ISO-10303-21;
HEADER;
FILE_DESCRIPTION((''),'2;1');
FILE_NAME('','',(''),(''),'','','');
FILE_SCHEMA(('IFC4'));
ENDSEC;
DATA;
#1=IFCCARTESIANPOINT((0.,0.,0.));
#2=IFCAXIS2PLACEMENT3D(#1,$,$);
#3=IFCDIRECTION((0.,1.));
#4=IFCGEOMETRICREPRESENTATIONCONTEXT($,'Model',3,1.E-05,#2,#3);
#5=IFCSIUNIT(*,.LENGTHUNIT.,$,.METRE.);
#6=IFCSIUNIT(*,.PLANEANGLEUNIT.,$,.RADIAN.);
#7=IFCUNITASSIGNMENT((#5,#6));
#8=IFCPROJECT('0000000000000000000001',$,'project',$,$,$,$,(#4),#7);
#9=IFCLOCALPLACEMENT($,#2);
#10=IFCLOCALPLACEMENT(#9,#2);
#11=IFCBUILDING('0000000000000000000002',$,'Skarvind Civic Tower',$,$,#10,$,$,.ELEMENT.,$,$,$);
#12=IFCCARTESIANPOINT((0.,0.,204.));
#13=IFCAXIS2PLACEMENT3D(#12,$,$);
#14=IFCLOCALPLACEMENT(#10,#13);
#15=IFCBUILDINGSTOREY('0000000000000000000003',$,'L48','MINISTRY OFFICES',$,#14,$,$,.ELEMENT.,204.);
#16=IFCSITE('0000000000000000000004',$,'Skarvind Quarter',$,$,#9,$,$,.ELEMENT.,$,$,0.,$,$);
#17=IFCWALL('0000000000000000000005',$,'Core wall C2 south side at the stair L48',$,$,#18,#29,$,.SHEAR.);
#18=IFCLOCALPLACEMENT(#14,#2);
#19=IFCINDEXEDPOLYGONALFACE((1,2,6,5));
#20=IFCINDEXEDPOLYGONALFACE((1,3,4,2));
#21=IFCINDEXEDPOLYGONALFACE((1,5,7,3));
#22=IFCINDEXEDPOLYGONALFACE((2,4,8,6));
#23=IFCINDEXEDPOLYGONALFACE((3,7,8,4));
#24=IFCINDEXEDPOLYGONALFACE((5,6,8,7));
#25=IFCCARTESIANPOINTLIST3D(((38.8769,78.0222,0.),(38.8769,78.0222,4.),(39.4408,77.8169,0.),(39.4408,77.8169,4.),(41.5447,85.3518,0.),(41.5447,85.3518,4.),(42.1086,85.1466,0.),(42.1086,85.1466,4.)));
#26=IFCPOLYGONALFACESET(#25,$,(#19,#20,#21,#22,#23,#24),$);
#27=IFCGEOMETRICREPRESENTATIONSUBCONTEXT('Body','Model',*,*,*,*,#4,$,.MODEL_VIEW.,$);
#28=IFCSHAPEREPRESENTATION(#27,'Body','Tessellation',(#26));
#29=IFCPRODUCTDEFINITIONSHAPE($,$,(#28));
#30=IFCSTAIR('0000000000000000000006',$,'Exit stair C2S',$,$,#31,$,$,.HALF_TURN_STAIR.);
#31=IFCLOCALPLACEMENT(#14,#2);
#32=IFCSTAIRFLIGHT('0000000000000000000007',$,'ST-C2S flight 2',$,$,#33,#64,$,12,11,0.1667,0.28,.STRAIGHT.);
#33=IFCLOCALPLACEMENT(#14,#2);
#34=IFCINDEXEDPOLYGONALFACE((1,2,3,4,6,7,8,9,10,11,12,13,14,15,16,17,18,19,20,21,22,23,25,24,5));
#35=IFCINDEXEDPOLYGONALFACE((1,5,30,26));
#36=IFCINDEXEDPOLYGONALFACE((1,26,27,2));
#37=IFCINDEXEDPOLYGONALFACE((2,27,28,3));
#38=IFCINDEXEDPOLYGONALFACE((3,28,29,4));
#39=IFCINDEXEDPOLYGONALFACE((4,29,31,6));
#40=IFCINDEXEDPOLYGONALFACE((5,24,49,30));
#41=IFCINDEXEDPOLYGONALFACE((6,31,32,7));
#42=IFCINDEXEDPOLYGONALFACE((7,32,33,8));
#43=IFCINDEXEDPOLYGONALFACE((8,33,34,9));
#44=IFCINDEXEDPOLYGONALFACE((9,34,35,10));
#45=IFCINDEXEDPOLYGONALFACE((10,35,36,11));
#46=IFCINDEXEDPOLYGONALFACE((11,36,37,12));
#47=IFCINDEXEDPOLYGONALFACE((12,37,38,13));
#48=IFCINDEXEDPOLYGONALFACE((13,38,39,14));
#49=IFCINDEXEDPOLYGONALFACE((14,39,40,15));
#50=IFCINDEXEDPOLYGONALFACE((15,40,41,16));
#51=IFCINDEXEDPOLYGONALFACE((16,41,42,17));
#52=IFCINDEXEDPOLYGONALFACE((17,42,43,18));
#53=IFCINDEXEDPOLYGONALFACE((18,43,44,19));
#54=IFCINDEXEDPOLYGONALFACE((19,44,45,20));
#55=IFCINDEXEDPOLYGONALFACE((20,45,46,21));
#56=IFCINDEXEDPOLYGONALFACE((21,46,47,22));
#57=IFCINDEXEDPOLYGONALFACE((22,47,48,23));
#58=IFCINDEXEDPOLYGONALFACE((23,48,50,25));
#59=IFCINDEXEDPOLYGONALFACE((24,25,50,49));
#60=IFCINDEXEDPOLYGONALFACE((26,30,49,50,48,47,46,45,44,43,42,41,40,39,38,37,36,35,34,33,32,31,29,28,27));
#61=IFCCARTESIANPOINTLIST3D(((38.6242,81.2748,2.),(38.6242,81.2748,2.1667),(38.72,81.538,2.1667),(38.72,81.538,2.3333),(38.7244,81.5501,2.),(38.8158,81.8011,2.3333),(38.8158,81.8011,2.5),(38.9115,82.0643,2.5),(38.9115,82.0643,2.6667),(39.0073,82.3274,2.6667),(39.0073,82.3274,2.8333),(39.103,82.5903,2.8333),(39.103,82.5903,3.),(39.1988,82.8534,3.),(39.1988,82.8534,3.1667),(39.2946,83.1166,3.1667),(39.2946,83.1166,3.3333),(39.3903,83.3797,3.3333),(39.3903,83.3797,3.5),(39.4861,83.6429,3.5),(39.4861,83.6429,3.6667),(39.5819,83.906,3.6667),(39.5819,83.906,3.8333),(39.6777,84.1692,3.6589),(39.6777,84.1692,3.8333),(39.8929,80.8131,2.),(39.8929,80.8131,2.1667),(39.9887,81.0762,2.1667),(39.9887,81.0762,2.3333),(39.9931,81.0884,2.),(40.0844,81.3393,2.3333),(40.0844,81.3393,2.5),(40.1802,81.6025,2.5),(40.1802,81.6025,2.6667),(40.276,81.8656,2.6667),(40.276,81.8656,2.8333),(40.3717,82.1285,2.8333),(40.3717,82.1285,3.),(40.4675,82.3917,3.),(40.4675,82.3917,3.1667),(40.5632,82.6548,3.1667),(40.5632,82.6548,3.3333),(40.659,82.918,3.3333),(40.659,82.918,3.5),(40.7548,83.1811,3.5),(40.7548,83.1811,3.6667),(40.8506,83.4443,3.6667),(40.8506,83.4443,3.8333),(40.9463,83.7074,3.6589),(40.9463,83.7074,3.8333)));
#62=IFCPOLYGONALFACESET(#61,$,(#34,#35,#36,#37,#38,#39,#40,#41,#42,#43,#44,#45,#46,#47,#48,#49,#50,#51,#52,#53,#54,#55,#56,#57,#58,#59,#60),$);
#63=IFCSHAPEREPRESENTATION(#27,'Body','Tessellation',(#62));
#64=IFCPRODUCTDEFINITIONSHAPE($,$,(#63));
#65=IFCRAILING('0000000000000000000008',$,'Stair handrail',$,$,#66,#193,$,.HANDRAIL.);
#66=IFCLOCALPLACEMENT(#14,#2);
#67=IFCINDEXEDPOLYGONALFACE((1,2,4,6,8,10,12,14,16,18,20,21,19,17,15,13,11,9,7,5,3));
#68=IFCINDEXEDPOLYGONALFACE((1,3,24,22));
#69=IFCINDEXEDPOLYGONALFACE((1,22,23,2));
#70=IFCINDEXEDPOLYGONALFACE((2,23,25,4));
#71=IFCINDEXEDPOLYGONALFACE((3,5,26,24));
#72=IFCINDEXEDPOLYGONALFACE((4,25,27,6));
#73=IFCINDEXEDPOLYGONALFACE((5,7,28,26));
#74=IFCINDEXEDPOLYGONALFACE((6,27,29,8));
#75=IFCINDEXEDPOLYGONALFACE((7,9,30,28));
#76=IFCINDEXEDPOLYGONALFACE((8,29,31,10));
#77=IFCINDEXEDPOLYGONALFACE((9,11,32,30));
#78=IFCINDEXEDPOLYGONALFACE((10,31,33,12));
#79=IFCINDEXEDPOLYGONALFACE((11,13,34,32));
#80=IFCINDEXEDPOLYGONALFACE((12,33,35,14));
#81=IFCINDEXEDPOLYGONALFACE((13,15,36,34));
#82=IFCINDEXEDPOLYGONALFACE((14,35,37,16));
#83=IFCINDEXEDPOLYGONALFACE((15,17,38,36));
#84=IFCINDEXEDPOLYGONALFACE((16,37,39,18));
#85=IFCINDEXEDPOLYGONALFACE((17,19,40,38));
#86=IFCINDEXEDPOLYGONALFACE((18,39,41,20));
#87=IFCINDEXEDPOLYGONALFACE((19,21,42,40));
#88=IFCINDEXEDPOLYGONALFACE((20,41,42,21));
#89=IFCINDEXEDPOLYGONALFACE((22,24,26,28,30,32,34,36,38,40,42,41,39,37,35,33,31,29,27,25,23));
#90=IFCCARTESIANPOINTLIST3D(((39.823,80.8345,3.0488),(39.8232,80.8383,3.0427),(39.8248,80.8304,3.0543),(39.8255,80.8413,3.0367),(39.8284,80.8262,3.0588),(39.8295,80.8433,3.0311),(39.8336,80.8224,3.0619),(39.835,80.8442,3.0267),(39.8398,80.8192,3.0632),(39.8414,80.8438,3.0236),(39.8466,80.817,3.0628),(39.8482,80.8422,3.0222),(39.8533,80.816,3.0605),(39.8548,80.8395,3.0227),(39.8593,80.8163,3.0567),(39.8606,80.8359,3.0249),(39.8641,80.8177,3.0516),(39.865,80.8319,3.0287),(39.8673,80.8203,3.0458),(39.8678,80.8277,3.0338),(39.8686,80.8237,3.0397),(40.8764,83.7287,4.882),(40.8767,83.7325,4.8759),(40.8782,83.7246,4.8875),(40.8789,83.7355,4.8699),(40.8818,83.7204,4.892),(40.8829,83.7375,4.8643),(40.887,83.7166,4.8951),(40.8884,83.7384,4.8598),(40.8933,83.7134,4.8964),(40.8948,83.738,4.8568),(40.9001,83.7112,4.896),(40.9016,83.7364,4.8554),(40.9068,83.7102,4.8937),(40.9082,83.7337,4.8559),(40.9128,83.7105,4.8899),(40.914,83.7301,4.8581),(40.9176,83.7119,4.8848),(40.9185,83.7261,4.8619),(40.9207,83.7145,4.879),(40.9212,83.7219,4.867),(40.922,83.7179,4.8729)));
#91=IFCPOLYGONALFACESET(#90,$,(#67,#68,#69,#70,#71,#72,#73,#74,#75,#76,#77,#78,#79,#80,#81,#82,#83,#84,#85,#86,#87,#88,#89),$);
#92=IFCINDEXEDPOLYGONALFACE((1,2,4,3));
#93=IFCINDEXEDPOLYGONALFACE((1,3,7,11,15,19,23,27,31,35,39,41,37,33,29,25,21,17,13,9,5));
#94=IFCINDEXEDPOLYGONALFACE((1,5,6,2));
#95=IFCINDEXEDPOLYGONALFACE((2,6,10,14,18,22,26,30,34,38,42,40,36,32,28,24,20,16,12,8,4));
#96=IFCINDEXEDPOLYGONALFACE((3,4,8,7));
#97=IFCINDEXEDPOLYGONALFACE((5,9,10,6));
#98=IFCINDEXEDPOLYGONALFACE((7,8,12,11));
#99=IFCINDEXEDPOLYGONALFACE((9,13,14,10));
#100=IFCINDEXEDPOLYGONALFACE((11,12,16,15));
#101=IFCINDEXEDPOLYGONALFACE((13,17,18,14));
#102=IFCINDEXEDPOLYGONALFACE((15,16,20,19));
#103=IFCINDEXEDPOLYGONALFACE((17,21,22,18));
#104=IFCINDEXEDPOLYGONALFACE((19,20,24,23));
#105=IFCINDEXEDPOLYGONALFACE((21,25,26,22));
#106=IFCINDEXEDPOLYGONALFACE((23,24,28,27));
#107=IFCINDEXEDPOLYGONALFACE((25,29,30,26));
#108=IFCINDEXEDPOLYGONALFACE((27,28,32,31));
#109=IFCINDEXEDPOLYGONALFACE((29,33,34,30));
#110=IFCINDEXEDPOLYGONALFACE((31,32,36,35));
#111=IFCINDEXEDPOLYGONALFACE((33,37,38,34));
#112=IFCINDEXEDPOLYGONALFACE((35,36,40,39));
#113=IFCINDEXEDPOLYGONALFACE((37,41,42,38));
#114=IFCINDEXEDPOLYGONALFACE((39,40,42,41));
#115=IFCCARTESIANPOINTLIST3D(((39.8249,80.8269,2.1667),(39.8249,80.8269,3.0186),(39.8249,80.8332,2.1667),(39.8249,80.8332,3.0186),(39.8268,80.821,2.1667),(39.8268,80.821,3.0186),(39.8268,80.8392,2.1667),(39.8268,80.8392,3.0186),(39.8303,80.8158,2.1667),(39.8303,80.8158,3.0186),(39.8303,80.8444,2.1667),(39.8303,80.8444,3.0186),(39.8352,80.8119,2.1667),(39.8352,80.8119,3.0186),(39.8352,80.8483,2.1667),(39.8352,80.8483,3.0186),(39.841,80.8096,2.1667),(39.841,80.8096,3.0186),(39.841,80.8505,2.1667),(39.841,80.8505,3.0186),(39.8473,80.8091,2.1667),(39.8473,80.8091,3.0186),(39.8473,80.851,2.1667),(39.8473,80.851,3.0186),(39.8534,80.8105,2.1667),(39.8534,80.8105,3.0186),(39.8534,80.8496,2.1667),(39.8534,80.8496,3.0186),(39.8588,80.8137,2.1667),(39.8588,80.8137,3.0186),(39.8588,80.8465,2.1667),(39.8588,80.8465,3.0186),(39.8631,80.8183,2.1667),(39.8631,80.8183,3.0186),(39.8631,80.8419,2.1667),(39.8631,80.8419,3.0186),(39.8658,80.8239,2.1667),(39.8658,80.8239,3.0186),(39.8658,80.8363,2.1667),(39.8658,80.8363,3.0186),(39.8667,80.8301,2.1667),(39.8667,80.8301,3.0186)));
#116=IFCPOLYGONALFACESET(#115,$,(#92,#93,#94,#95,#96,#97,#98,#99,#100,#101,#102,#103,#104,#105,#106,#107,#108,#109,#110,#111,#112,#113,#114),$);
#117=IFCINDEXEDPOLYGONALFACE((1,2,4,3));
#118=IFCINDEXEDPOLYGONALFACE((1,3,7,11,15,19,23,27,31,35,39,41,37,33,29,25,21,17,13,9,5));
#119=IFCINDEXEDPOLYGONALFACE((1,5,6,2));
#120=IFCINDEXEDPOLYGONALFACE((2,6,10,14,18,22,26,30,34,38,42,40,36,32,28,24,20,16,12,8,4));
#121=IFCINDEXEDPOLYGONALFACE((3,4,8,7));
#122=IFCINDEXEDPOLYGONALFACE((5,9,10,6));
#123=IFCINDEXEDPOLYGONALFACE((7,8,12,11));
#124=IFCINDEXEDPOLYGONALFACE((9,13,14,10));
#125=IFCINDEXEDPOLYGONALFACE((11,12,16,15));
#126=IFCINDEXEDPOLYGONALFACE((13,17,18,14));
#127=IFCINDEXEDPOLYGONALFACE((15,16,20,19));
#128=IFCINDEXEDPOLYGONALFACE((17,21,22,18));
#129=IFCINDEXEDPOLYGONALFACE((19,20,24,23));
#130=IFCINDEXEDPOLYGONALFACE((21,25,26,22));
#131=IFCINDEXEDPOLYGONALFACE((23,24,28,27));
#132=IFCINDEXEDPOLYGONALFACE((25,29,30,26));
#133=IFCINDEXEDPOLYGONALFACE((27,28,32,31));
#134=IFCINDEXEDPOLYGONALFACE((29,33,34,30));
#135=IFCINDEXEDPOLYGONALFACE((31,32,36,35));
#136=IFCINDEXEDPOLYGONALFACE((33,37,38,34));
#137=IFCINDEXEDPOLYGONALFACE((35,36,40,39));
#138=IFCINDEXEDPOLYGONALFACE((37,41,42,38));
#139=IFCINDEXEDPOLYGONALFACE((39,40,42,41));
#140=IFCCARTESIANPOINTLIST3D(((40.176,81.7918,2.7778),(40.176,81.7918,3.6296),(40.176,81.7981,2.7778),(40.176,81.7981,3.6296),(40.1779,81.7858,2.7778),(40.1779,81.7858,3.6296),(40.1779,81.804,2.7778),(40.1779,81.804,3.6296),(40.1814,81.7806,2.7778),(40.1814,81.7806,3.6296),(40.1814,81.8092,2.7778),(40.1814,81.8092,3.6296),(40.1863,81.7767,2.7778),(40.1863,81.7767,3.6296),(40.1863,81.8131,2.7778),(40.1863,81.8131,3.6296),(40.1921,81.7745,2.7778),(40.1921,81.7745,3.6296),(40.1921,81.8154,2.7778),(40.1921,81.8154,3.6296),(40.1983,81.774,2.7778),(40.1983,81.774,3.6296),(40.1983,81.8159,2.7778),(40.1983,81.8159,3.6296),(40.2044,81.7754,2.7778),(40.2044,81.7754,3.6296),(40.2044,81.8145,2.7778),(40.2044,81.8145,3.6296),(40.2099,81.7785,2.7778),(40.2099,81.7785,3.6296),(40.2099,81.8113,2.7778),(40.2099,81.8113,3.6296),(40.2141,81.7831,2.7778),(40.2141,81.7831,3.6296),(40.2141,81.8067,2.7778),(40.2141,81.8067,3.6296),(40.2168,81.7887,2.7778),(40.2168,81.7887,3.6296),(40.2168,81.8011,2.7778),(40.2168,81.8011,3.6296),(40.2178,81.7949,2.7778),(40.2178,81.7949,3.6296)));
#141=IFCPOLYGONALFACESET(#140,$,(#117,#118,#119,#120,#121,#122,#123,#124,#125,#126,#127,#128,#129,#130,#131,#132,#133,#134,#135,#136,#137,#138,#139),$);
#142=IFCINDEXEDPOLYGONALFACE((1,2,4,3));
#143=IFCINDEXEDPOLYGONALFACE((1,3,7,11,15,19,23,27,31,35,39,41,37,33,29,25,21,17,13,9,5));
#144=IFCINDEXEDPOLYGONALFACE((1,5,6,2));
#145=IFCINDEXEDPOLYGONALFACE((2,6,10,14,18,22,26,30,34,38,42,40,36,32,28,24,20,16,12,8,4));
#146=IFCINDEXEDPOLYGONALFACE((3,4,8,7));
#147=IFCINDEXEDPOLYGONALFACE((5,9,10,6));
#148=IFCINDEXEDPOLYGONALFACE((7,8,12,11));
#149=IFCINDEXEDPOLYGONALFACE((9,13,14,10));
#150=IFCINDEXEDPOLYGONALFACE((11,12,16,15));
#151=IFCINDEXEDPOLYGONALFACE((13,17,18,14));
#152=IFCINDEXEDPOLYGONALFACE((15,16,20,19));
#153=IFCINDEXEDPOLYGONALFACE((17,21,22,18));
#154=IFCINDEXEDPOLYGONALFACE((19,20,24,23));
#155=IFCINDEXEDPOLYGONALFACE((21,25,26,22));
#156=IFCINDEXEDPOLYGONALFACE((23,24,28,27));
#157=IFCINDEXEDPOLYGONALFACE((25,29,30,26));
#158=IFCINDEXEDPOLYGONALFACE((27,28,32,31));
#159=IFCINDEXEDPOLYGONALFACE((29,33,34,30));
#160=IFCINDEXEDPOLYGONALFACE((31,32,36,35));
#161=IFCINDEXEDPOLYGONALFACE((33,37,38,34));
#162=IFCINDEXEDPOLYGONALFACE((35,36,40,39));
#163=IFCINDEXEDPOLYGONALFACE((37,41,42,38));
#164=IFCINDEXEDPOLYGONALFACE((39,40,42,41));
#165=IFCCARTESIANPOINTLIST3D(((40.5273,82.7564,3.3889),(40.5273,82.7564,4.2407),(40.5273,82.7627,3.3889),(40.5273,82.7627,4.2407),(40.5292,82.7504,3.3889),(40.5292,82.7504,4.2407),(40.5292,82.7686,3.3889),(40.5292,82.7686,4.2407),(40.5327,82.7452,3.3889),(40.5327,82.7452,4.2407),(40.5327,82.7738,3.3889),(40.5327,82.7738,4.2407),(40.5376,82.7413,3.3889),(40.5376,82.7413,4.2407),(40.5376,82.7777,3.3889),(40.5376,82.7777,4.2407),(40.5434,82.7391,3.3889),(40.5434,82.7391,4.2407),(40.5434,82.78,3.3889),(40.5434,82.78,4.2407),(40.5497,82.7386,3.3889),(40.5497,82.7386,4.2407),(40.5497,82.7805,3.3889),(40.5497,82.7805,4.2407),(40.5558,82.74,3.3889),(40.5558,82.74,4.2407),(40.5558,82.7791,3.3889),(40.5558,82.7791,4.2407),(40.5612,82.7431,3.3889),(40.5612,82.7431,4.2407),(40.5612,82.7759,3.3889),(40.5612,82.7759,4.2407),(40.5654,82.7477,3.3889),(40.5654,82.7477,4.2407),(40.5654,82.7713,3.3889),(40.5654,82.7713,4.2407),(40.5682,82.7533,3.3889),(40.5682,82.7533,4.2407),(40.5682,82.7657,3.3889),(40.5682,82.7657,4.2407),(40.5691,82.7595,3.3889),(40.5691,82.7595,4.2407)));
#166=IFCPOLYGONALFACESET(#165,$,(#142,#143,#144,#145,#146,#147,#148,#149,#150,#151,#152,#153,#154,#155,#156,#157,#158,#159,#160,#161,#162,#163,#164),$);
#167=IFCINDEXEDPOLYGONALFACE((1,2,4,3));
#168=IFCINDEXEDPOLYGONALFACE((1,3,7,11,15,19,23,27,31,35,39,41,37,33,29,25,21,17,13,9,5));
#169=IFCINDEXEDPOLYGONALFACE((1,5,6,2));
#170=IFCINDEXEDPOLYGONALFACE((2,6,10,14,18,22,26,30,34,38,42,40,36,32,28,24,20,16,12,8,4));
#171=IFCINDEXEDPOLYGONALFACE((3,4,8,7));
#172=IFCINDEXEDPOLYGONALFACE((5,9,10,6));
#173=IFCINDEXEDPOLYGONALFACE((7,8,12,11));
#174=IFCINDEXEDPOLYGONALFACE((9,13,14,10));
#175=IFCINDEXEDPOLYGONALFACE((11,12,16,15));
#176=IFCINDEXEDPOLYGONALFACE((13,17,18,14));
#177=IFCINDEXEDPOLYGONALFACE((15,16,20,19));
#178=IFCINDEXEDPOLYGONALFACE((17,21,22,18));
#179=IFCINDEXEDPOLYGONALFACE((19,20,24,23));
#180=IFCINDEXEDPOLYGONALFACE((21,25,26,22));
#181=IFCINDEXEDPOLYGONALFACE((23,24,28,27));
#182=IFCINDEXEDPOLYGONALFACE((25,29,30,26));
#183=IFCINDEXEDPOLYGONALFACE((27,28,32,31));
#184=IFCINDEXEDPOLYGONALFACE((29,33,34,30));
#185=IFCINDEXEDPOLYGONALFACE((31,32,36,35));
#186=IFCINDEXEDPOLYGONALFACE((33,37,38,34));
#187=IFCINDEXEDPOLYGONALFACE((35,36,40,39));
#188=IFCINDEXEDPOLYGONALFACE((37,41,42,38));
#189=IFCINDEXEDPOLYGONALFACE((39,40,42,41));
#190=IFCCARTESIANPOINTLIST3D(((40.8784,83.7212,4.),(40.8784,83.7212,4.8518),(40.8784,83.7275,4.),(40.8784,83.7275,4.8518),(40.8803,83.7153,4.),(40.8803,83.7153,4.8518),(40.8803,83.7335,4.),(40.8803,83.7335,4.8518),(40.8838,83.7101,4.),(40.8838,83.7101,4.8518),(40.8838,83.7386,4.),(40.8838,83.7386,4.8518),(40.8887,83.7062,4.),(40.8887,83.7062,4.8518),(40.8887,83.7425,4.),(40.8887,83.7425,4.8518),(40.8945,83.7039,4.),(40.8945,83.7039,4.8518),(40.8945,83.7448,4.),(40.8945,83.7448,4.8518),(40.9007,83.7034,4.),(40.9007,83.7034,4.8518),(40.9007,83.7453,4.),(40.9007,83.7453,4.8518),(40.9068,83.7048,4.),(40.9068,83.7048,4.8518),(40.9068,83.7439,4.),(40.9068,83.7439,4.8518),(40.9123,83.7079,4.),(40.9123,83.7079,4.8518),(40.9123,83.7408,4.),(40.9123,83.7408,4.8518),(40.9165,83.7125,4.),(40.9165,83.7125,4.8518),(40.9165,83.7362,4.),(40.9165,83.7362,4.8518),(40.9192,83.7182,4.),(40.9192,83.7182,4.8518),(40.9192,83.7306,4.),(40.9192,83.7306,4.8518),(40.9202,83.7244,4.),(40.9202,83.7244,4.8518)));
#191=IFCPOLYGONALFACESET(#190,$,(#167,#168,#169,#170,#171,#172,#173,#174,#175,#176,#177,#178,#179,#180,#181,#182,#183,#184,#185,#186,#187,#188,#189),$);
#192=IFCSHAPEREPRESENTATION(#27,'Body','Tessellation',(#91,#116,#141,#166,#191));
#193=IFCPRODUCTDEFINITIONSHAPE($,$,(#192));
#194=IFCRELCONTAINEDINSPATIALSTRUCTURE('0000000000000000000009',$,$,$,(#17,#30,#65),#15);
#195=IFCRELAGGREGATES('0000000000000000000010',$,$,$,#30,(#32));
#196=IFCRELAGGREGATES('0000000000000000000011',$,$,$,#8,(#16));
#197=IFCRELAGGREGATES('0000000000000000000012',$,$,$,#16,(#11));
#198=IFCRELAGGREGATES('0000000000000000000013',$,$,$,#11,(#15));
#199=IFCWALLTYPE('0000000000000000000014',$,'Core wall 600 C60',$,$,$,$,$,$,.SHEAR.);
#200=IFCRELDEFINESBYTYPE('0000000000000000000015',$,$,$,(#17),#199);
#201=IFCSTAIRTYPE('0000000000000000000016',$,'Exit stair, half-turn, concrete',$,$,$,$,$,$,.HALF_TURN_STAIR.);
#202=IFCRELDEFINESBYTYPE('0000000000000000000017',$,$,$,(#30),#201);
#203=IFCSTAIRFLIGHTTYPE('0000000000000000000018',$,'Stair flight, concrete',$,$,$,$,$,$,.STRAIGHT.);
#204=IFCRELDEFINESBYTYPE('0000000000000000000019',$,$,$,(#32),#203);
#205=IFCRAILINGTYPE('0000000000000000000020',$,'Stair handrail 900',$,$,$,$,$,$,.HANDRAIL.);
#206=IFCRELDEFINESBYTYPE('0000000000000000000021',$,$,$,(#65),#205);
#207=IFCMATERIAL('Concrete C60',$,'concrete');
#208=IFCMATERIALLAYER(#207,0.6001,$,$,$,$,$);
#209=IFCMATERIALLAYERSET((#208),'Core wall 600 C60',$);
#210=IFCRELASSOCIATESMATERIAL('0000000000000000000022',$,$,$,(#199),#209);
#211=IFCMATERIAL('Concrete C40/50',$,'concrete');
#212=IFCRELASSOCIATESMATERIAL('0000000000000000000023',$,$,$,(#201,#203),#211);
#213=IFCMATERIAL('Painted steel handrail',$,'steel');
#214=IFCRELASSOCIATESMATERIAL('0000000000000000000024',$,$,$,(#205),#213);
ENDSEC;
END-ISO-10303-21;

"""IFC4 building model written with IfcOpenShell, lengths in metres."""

from ifc_helpers import new_model, si_unit, direction, frame, frame_2d, origin, origin_2d, place, context, subcontext, project, spatial, polyline, rectangle, circle, outline, extrude, material, layer, layer_set, type_object, element, aggregate, save


model = new_model("IFC4")

# Units and contexts
model_context = context("Model", 3, precision=1e-05, world=origin(), true_north=direction((0.0, 1.0)))
body_context = subcontext(model_context, "Body", "Model", "MODEL_VIEW")
ifc_project = project(units=[si_unit("LENGTHUNIT", "METRE"), si_unit("PLANEANGLEUNIT", "RADIAN")], contexts=[model_context])

# Site, building, storey
site_placement = place(None, origin())
site = spatial("IfcSite", under=ifc_project, at=site_placement, Name="Skarvind Quarter", CompositionType="ELEMENT", RefElevation=0.0)
building_placement = place(site_placement, origin())
building = spatial("IfcBuilding", under=site, at=building_placement, Name="Skarvind Civic Tower", CompositionType="ELEMENT")
storey_placement = place(building_placement, frame((0.0, 0.0, 204.0)))
storey = spatial("IfcBuildingStorey", under=building, at=storey_placement, Name="L48", Description="MINISTRY OFFICES", CompositionType="ELEMENT", Elevation=204.0)

# Shared definitions
ifc_material_1 = material(Name="Concrete C40/50", Category="concrete")

# Shared definitions
ifc_material_2 = material(Name="Concrete C60", Category="concrete")

# Wall
ifc_layer_1 = layer(ifc_material_2, 0.6001)
ifc_layer_set_1 = layer_set([ifc_layer_1], Name="Core wall 600 C60")
wall_type_1 = type_object("IfcWallType", Name="Core wall 600 C60", PredefinedType="SHEAR", material=ifc_layer_set_1)
wall_1_placement = place(storey_placement, frame((39.1589, 77.9197, 0.0), z_axis=(0.0, 0.0, 1.0), x_axis=(0.342017, 0.939694, 0.0)))
element("IfcWall", 1, at=wall_1_placement, inside=storey, type_object=wall_type_1, Name="Core wall C2 south side at the stair L48", PredefinedType="SHEAR", context=body_context, shape_type="SweptSolid", body=[
    extrude(rectangle(XDim=7.8, YDim=0.6001, at=frame_2d((3.8999, 0.0))), origin(), (0.0, 0.0, 1.0), 4.0),
])

# Stair, stair flight
stair_type_1 = type_object("IfcStairType", Name="Exit stair, half-turn, concrete", PredefinedType="HALF_TURN_STAIR", material=ifc_material_1)
stair_1_placement = place(storey_placement, origin())
stair_1 = element("IfcStair", 2, at=stair_1_placement, inside=storey, type_object=stair_type_1, Name="Exit stair C2S", PredefinedType="HALF_TURN_STAIR")
stair_flight_type = type_object("IfcStairFlightType", Name="Stair flight, concrete", PredefinedType="STRAIGHT", material=ifc_material_1)
stair_flight_placement = place(storey_placement, frame((39.2585, 81.0439, 2.0), z_axis=(0.0, 0.0, 1.0), x_axis=(0.34202, 0.939693, 0.0)))
stair_flight = element("IfcStairFlight", 3, at=stair_flight_placement, type_object=stair_flight_type, Name="ST-C2S flight 2", NumberOfRisers=12, NumberOfTreads=11, PredefinedType="STRAIGHT", RiserHeight=0.1667, TreadLength=0.28, context=body_context, shape_type="SweptSolid", body=[
    extrude(outline(polyline([(0.0, 0.0), (0.0, 0.1667), (0.28, 0.1667), (0.28, 0.3333), (0.5601, 0.3333), (0.5601, 0.5), (0.8401, 0.5), (0.8401, 0.6667), (1.1201, 0.6667), (1.1201, 0.8333), (1.3999, 0.8333), (1.3999, 1.0), (1.6799, 1.0), (1.6799, 1.1667), (1.96, 1.1667), (1.96, 1.3333), (2.24, 1.3333), (2.24, 1.5), (2.52, 1.5), (2.52, 1.6667), (2.8, 1.6667), (2.8, 1.8333), (3.0801, 1.8333), (3.0801, 2.0), (3.0801, 1.6589), (0.293, 0.0), (0.0, 0.0)])), frame((0.0, 0.675, 0.0), z_axis=(0.0, -1.0, 0.0), x_axis=(1.0, 0.0, 0.0)), (0.0, 0.0, 1.0), 1.3501),
])
aggregate(stair_1, [stair_flight])

# Railing
ifc_material_3 = material(Name="Painted steel handrail", Category="steel")
railing_type = type_object("IfcRailingType", Name="Stair handrail 900", PredefinedType="HANDRAIL", material=ifc_material_3)
railing_placement = place(storey_placement, frame((39.8457, 80.8301, 2.1667)))
element("IfcRailing", 4, at=railing_placement, inside=storey, type_object=railing_type, Name="Stair handrail", PredefinedType="HANDRAIL", context=body_context, shape_type="SweptSolid", body=[
    extrude(circle(Radius=0.0239, at=origin_2d()), frame((0.0, 0.0, 0.876), z_axis=(0.293908, 0.807481, 0.511461), x_axis=(-0.939689, 0.342029, 0.0)), (0.0, 0.0, 1.0), 3.5842),
    extrude(circle(Radius=0.021, at=origin_2d()), origin(), (0.0, 0.0, 1.0), 0.8518),
    extrude(circle(Radius=0.021, at=origin_2d()), frame((0.3511, 0.9648, 0.6111)), (0.0, 0.0, 1.0), 0.8518),
    extrude(circle(Radius=0.021, at=origin_2d()), frame((0.7024, 1.9294, 1.2222)), (0.0, 0.0, 1.0), 0.8518),
    extrude(circle(Radius=0.021, at=origin_2d()), frame((1.0535, 2.8943, 1.8333)), (0.0, 0.0, 1.0), 0.8518),
])

save(model, "model.ifc")
